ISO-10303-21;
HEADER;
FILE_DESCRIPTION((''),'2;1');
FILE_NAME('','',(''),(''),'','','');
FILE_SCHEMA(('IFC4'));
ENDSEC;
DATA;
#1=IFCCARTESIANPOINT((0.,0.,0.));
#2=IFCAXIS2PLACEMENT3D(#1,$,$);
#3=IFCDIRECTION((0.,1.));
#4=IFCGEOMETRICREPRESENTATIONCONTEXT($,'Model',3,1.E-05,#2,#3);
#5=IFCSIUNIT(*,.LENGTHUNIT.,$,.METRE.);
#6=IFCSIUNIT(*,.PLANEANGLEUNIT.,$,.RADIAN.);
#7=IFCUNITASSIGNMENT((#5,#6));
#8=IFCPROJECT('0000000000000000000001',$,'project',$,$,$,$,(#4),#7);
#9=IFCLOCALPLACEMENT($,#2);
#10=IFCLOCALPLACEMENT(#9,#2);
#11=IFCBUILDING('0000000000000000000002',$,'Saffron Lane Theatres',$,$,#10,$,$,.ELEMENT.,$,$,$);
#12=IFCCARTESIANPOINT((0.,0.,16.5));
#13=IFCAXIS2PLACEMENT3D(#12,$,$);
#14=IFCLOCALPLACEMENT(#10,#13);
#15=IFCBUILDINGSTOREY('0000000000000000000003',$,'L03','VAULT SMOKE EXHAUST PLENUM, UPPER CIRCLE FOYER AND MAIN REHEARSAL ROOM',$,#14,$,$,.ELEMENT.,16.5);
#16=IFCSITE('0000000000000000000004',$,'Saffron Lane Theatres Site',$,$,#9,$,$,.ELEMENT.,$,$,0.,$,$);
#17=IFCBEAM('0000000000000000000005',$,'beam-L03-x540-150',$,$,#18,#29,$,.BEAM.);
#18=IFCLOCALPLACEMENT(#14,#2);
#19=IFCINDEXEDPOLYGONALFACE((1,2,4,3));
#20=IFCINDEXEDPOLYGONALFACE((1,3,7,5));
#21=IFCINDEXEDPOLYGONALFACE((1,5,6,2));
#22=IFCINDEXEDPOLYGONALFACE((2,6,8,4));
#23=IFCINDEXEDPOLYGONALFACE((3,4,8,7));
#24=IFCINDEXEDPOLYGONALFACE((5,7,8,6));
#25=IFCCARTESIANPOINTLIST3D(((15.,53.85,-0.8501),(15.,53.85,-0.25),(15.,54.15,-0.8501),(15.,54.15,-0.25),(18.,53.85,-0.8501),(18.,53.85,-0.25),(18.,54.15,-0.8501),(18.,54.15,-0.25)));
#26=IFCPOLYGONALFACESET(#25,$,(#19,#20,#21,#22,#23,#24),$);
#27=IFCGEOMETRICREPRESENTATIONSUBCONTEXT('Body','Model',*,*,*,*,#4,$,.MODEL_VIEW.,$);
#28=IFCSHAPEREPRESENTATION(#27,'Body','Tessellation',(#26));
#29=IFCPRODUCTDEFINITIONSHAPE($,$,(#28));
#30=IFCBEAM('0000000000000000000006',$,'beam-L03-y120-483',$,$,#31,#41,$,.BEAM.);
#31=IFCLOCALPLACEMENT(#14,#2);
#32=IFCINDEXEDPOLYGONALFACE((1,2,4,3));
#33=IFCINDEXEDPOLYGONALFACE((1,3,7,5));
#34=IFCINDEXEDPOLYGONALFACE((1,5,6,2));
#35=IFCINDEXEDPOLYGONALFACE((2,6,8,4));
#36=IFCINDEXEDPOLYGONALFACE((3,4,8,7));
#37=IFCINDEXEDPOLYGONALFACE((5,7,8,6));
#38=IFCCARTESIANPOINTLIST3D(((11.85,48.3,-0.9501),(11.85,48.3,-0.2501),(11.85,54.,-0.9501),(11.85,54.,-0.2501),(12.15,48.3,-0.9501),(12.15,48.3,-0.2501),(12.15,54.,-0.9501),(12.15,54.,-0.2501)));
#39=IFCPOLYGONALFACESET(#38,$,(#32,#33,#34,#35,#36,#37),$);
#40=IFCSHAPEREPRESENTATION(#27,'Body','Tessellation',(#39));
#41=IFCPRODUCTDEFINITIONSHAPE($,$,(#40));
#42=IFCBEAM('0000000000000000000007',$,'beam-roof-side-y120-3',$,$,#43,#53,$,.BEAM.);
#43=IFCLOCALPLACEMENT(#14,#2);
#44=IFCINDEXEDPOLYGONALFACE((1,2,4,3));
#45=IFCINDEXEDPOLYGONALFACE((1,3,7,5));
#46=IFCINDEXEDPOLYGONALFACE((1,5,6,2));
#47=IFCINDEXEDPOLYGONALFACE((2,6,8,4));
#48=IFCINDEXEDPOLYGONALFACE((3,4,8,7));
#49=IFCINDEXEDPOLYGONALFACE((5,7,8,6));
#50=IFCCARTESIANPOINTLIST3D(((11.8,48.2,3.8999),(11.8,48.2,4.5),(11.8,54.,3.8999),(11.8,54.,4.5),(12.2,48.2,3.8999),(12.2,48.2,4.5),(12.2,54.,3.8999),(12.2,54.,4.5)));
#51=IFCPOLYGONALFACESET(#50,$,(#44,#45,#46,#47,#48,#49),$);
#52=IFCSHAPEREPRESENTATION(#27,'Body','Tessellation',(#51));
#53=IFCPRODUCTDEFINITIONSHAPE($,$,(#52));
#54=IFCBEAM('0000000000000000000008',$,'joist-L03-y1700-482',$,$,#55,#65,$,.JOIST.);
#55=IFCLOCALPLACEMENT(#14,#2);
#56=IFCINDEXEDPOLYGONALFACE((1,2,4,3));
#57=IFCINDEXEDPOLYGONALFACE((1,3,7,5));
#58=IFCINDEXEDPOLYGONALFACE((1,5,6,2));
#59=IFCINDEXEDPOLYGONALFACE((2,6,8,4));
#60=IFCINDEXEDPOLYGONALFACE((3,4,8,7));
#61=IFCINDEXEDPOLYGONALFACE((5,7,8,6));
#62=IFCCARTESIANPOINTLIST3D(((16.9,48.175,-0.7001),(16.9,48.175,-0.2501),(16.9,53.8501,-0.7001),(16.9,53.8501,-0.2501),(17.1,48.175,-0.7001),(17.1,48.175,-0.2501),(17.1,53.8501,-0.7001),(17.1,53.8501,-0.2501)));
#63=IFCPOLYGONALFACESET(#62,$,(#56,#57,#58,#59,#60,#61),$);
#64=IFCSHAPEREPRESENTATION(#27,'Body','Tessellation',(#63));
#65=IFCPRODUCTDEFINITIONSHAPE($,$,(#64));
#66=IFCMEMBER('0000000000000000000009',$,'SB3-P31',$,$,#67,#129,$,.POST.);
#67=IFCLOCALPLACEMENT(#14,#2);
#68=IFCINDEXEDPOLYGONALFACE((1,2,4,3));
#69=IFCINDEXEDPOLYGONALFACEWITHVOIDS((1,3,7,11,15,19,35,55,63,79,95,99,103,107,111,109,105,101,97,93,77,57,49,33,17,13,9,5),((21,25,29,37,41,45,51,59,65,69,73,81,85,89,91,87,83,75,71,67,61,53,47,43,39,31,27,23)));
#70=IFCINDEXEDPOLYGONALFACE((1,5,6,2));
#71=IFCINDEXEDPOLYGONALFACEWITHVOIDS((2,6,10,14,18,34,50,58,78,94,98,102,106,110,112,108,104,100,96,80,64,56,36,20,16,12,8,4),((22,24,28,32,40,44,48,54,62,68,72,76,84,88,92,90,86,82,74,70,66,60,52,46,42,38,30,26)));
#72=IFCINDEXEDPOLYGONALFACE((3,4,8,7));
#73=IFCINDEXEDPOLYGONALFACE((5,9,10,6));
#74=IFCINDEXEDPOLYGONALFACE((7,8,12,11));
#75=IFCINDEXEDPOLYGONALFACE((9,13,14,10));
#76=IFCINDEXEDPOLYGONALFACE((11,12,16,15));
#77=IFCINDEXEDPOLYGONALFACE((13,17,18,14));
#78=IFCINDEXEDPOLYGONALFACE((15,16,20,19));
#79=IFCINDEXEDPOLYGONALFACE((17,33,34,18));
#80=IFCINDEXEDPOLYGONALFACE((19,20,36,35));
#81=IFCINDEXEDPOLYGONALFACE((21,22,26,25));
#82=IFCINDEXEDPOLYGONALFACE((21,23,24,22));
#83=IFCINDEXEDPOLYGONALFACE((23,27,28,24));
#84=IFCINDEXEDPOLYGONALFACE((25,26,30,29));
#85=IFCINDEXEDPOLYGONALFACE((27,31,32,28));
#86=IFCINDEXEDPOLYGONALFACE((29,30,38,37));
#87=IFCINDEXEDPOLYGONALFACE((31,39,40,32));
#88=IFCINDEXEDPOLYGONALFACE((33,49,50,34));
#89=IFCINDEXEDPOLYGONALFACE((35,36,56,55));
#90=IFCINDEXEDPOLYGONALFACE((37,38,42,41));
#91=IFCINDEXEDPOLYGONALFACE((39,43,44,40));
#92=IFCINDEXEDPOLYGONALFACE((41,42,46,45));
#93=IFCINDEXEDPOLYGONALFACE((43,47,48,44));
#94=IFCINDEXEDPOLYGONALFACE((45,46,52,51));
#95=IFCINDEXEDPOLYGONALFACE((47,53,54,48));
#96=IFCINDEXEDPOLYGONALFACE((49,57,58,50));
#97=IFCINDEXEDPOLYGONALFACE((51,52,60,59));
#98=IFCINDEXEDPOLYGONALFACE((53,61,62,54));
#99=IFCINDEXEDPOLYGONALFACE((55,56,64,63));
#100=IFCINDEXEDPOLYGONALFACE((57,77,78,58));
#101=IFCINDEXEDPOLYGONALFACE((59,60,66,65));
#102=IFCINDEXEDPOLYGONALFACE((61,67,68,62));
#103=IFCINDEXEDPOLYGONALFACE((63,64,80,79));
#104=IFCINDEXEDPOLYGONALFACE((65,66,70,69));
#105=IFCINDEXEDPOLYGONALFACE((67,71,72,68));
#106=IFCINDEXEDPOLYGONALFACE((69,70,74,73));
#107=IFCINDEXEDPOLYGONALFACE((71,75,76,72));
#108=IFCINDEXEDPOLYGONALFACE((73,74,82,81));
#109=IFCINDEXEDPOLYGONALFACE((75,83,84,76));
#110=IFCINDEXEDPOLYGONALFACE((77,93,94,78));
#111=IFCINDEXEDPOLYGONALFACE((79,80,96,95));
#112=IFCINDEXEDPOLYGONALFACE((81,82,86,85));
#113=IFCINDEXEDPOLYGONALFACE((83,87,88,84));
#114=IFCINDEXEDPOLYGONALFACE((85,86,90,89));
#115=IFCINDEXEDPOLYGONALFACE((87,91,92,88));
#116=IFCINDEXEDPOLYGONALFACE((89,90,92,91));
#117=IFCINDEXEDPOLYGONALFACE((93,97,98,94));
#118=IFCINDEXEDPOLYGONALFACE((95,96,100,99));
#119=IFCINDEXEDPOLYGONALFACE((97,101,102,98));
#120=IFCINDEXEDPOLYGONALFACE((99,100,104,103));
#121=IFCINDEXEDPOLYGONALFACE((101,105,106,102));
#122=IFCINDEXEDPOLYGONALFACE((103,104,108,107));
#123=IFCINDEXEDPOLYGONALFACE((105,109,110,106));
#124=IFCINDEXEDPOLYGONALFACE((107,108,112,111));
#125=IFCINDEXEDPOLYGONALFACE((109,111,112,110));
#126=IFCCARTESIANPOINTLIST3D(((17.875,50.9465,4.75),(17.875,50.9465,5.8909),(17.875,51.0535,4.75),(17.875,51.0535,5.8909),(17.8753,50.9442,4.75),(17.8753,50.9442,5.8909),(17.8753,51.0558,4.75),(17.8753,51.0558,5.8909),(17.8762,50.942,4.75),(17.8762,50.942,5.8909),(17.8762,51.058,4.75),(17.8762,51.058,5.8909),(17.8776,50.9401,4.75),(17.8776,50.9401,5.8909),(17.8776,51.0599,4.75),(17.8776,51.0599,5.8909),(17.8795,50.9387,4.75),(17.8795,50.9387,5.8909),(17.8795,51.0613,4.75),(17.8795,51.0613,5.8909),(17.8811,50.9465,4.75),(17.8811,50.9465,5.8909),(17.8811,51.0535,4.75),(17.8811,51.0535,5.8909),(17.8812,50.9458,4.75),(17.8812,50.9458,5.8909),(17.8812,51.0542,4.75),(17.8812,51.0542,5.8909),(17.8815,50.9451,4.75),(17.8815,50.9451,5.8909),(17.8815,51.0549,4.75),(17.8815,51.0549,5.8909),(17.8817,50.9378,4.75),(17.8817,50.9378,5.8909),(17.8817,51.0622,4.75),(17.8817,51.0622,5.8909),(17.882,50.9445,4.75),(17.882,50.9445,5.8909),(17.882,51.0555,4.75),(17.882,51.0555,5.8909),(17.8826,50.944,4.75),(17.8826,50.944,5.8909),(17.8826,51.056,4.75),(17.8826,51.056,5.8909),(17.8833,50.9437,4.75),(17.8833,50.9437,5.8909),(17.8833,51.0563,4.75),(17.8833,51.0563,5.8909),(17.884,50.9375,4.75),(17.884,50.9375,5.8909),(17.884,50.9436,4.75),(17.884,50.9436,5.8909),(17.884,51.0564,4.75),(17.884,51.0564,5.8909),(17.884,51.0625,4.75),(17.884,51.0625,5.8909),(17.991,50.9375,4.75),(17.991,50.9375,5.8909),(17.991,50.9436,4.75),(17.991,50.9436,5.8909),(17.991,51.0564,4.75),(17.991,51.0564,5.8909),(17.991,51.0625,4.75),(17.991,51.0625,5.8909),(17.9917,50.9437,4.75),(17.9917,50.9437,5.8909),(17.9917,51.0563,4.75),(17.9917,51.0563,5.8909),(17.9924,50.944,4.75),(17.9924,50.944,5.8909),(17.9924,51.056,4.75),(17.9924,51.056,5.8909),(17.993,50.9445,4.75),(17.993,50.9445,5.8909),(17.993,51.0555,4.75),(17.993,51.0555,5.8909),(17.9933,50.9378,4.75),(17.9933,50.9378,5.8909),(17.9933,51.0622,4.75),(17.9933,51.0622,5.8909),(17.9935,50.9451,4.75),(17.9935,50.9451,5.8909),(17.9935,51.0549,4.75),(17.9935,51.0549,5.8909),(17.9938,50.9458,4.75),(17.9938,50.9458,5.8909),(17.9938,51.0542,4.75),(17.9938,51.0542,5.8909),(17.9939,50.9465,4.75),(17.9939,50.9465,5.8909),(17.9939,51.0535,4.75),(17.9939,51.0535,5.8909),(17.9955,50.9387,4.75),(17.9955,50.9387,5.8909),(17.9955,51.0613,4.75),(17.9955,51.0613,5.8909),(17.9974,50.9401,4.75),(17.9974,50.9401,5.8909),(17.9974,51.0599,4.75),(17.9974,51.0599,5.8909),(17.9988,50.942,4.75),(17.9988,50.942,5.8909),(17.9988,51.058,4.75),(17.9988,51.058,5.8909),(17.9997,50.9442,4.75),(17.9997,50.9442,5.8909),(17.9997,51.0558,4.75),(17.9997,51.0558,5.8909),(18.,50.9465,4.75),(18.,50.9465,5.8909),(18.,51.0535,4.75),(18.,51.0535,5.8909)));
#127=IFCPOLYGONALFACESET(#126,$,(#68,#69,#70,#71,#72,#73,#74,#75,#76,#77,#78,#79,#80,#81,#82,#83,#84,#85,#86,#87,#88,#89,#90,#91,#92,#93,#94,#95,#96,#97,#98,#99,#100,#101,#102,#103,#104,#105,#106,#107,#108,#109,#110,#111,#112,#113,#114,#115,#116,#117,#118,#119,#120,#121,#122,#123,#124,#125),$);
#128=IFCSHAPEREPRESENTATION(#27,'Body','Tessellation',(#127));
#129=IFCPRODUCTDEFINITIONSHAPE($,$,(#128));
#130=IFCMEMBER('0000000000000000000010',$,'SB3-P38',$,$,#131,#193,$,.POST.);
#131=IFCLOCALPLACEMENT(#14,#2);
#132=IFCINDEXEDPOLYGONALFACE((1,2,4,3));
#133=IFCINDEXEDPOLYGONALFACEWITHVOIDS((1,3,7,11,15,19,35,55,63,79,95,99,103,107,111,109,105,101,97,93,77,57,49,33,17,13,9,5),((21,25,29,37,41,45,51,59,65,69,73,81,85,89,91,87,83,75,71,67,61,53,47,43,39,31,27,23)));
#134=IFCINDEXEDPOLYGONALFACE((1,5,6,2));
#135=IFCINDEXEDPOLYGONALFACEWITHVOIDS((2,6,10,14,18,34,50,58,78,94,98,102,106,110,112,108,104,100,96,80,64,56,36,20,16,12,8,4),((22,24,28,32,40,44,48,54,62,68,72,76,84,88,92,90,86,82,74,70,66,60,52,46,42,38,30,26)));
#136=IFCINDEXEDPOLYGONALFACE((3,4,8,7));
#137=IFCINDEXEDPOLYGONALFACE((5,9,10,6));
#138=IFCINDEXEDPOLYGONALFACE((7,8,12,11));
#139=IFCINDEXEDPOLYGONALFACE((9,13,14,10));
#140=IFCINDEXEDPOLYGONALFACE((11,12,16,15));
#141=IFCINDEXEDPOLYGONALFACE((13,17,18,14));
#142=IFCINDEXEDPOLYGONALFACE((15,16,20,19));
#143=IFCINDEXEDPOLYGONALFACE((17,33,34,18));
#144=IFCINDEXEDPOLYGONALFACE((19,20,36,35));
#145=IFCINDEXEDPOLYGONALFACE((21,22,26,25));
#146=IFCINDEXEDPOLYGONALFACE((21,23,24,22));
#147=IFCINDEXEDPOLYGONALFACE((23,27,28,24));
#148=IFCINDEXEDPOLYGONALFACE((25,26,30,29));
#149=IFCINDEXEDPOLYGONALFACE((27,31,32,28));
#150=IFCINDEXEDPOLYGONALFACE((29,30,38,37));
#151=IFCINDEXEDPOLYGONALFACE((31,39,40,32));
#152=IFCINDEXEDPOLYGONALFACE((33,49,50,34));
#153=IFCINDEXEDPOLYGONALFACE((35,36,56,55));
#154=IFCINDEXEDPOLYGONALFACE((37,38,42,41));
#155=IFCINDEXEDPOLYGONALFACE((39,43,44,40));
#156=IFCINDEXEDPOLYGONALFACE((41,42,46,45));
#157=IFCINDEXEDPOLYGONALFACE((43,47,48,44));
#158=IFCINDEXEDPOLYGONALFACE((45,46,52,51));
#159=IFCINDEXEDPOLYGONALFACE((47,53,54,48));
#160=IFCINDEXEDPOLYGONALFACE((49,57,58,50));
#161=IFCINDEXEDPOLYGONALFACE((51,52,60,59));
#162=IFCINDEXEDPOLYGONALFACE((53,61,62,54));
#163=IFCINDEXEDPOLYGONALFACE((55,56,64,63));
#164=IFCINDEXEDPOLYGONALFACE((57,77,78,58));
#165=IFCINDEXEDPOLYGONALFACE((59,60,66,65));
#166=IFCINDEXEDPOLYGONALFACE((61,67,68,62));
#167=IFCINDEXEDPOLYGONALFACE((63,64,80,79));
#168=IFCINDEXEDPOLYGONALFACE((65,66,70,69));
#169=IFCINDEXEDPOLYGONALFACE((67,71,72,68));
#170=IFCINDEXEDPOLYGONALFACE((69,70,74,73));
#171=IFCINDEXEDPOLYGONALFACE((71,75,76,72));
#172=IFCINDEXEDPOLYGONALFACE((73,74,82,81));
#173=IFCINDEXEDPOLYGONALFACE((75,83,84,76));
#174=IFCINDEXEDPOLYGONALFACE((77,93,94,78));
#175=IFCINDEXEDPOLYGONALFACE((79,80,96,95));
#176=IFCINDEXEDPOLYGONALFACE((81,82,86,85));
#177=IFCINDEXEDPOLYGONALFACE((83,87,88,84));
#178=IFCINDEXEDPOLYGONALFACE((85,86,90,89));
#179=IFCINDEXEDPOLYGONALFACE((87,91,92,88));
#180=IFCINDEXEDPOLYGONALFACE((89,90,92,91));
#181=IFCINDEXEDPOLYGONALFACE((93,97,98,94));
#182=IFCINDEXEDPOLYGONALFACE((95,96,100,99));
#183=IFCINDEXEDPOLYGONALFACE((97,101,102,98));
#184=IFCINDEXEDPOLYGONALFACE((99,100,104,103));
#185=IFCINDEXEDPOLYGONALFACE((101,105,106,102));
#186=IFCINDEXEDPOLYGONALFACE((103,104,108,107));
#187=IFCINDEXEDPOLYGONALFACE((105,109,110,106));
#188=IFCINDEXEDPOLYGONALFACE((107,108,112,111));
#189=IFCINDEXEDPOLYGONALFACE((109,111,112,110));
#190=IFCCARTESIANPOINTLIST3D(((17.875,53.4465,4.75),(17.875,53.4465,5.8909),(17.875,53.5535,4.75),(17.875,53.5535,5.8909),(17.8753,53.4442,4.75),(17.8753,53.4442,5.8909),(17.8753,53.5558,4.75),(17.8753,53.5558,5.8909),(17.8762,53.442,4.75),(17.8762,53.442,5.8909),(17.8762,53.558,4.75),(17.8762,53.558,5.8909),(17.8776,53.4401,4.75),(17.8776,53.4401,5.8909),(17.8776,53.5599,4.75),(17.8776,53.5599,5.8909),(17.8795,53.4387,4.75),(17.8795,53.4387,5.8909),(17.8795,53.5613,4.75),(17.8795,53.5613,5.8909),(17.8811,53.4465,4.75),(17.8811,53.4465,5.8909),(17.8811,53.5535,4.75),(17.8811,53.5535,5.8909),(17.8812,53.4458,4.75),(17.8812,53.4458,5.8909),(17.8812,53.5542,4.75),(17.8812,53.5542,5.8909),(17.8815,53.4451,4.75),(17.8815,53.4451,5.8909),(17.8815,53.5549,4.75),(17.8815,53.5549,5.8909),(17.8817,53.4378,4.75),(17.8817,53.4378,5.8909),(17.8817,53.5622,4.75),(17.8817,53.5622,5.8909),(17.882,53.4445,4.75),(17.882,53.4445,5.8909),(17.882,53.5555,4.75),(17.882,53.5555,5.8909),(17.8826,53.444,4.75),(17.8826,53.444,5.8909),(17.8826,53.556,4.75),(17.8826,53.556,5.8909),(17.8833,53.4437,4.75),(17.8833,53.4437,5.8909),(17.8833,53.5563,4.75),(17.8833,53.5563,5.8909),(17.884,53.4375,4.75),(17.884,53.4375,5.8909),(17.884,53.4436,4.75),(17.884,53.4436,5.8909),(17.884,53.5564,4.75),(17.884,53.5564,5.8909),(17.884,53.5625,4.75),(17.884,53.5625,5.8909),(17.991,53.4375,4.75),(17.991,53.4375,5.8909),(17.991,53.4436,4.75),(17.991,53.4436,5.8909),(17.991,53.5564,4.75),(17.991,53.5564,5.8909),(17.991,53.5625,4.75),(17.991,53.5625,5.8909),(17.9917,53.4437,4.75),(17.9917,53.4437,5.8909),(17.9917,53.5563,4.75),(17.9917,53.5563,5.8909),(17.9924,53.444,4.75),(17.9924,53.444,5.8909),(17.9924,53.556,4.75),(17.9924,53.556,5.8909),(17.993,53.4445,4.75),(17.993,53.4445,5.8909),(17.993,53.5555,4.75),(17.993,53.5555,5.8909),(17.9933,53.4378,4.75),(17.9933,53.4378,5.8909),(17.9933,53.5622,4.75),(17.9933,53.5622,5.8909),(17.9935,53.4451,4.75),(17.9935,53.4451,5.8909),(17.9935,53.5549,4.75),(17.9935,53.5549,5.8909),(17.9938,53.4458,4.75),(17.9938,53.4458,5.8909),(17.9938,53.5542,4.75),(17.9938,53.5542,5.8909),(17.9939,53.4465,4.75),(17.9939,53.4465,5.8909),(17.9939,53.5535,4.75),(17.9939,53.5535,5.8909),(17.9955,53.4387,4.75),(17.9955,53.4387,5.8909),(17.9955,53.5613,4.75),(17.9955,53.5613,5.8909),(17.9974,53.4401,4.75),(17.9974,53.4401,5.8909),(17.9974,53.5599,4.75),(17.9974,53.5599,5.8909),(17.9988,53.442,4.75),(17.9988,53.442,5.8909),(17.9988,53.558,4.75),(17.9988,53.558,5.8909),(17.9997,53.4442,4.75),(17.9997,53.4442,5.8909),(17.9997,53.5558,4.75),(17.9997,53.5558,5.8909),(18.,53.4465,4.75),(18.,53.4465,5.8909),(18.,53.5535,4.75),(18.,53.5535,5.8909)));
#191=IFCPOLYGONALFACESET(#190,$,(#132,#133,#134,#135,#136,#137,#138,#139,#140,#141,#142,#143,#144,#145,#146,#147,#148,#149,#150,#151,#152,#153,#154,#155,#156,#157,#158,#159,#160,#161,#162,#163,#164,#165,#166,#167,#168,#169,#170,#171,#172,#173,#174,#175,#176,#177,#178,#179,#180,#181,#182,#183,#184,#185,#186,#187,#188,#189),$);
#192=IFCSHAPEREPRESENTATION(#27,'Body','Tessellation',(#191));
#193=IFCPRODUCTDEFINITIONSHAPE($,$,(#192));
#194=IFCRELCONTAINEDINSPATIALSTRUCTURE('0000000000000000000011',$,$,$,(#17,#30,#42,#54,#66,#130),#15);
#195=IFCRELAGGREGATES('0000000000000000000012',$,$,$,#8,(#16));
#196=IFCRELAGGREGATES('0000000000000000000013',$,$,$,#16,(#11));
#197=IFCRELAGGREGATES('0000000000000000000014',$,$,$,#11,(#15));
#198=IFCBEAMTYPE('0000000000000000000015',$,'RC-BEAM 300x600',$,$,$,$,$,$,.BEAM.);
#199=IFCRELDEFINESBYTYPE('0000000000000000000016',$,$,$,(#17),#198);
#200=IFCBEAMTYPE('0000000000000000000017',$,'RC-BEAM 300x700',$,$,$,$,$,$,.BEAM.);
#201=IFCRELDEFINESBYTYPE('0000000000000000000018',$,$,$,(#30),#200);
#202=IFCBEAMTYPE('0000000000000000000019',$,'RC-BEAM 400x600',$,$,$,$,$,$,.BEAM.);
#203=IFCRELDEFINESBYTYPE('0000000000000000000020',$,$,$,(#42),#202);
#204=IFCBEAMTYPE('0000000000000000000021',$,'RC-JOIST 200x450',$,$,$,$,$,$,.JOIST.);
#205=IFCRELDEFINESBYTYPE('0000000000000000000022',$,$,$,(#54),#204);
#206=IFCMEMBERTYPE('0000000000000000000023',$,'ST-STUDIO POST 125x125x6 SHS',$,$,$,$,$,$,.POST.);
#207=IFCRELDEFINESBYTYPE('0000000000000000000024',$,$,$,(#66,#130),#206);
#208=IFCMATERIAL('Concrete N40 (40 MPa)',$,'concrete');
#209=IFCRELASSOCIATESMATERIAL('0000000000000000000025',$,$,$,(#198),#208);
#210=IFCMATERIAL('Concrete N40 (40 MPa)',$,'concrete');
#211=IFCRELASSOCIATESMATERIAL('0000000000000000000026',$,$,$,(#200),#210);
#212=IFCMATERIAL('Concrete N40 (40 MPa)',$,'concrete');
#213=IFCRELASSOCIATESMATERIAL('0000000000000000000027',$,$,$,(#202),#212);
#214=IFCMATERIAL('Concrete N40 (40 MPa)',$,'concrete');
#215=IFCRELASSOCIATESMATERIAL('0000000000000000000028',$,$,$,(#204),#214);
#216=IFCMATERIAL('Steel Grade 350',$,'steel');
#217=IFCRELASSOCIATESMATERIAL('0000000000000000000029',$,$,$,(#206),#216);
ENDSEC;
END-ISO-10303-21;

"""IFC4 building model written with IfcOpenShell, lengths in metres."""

from ifc_helpers import new_model, si_unit, direction, frame, origin, origin_2d, place, context, subcontext, project, spatial, rectangle, hollow_rectangle, extrude, material, material_profile, profile_set, type_object, element, save


model = new_model("IFC4")

# Units and contexts
model_context = context("Model", 3, precision=1e-05, world=origin(), true_north=direction((0.0, 1.0)))
body_context = subcontext(model_context, "Body", "Model", "MODEL_VIEW")
ifc_project = project(units=[si_unit("LENGTHUNIT", "METRE"), si_unit("PLANEANGLEUNIT", "RADIAN")], contexts=[model_context])

# Site, building, storey
site_placement = place(None, origin())
site = spatial("IfcSite", under=ifc_project, at=site_placement, Name="Saffron Lane Theatres Site", CompositionType="ELEMENT", RefElevation=0.0)
building_placement = place(site_placement, origin())
building = spatial("IfcBuilding", under=site, at=building_placement, Name="Saffron Lane Theatres", CompositionType="ELEMENT")
storey_placement = place(building_placement, frame((0.0, 0.0, 16.5)))
storey = spatial("IfcBuildingStorey", under=building, at=storey_placement, Name="L03", Description="VAULT SMOKE EXHAUST PLENUM, UPPER CIRCLE FOYER AND MAIN REHEARSAL ROOM", CompositionType="ELEMENT", Elevation=16.5)

# Beams
ifc_material_1 = material(Name="Concrete N40 (40 MPa)", Category="concrete")
ifc_material_profile_1 = material_profile(ifc_material_1, rectangle(XDim=0.3, YDim=0.6001, at=origin_2d()))
ifc_profile_set_1 = profile_set([ifc_material_profile_1], Name="Concrete N40 (40 MPa)")
beam_type_1 = type_object("IfcBeamType", Name="RC-BEAM 300x600", PredefinedType="BEAM", material=ifc_profile_set_1)
beam_1_placement = place(storey_placement, frame((15.0, 54.0, -0.55), z_axis=(1.0, 0.0, 0.0), x_axis=(0.0, 1.0, 0.0)))
element("IfcBeam", 1, at=beam_1_placement, inside=storey, type_object=beam_type_1, Name="beam-L03-x540-150", PredefinedType="BEAM", context=body_context, shape_type="SweptSolid", body=[
    extrude(rectangle(XDim=0.3, YDim=0.6001, at=origin_2d()), origin(), (0.0, 0.0, 1.0), 3.0),
])
ifc_material_2 = material(Name="Concrete N40 (40 MPa)", Category="concrete")
ifc_material_profile_2 = material_profile(ifc_material_2, rectangle(XDim=0.3, YDim=0.7, at=origin_2d()))
ifc_profile_set_2 = profile_set([ifc_material_profile_2], Name="Concrete N40 (40 MPa)")
beam_type_2 = type_object("IfcBeamType", Name="RC-BEAM 300x700", PredefinedType="BEAM", material=ifc_profile_set_2)
beam_2_placement = place(storey_placement, frame((12.0, 48.3, -0.6001), z_axis=(0.0, 1.0, 0.0), x_axis=(-1.0, 0.0, 0.0)))
element("IfcBeam", 2, at=beam_2_placement, inside=storey, type_object=beam_type_2, Name="beam-L03-y120-483", PredefinedType="BEAM", context=body_context, shape_type="SweptSolid", body=[
    extrude(rectangle(XDim=0.3, YDim=0.7, at=origin_2d()), origin(), (0.0, 0.0, 1.0), 5.7),
])
ifc_material_3 = material(Name="Concrete N40 (40 MPa)", Category="concrete")
ifc_material_profile_3 = material_profile(ifc_material_3, rectangle(XDim=0.3999, YDim=0.6001, at=origin_2d()))
ifc_profile_set_3 = profile_set([ifc_material_profile_3], Name="Concrete N40 (40 MPa)")
beam_type_3 = type_object("IfcBeamType", Name="RC-BEAM 400x600", PredefinedType="BEAM", material=ifc_profile_set_3)
beam_3_placement = place(storey_placement, frame((12.0, 48.2, 4.2), z_axis=(0.0, 1.0, 0.0), x_axis=(-1.0, 0.0, 0.0)))
element("IfcBeam", 3, at=beam_3_placement, inside=storey, type_object=beam_type_3, Name="beam-roof-side-y120-3", PredefinedType="BEAM", context=body_context, shape_type="SweptSolid", body=[
    extrude(rectangle(XDim=0.3999, YDim=0.6001, at=origin_2d()), origin(), (0.0, 0.0, 1.0), 5.8),
])
ifc_material_4 = material(Name="Concrete N40 (40 MPa)", Category="concrete")
ifc_material_profile_4 = material_profile(ifc_material_4, rectangle(XDim=0.2, YDim=0.45, at=origin_2d()))
ifc_profile_set_4 = profile_set([ifc_material_profile_4], Name="Concrete N40 (40 MPa)")
beam_type_4 = type_object("IfcBeamType", Name="RC-JOIST 200x450", PredefinedType="JOIST", material=ifc_profile_set_4)
beam_4_placement = place(storey_placement, frame((17.0, 48.175, -0.4751), z_axis=(0.0, 1.0, 0.0), x_axis=(-1.0, 0.0, 0.0)))
element("IfcBeam", 4, at=beam_4_placement, inside=storey, type_object=beam_type_4, Name="joist-L03-y1700-482", PredefinedType="JOIST", context=body_context, shape_type="SweptSolid", body=[
    extrude(rectangle(XDim=0.2, YDim=0.45, at=origin_2d()), origin(), (0.0, 0.0, 1.0), 5.675),
])

# Members
ifc_material_5 = material(Name="Steel Grade 350", Category="steel")
ifc_material_profile_5 = material_profile(ifc_material_5, hollow_rectangle(XDim=0.125, YDim=0.125, WallThickness=0.0061, InnerFilletRadius=0.0029, OuterFilletRadius=0.009, at=origin_2d()))
ifc_profile_set_5 = profile_set([ifc_material_profile_5], Name="Steel Grade 350")
member_type_1 = type_object("IfcMemberType", Name="ST-STUDIO POST 125x125x6 SHS", PredefinedType="POST", material=ifc_profile_set_5)
for number, where, z_axis, x_axis, name in (
    (5, (17.9375, 51.0, 4.75), (0.0, 0.0, 1.0), (1.0, 0.0, 0.0), "SB3-P31"),
    (6, (17.9375, 53.5, 4.75), (0.0, 0.0, 1.0), (1.0, 0.0, 0.0), "SB3-P38"),
):
    element("IfcMember", number, at=place(storey_placement, frame(where, z_axis=z_axis, x_axis=x_axis)), inside=storey, type_object=member_type_1, Name=name, PredefinedType="POST", context=body_context, shape_type="SweptSolid", body=[
        extrude(hollow_rectangle(XDim=0.125, YDim=0.125, WallThickness=0.0061, InnerFilletRadius=0.0029, OuterFilletRadius=0.009, at=origin_2d()), origin(), (0.0, 0.0, 1.0), 1.1409),
    ])

save(model, "model.ifc")
